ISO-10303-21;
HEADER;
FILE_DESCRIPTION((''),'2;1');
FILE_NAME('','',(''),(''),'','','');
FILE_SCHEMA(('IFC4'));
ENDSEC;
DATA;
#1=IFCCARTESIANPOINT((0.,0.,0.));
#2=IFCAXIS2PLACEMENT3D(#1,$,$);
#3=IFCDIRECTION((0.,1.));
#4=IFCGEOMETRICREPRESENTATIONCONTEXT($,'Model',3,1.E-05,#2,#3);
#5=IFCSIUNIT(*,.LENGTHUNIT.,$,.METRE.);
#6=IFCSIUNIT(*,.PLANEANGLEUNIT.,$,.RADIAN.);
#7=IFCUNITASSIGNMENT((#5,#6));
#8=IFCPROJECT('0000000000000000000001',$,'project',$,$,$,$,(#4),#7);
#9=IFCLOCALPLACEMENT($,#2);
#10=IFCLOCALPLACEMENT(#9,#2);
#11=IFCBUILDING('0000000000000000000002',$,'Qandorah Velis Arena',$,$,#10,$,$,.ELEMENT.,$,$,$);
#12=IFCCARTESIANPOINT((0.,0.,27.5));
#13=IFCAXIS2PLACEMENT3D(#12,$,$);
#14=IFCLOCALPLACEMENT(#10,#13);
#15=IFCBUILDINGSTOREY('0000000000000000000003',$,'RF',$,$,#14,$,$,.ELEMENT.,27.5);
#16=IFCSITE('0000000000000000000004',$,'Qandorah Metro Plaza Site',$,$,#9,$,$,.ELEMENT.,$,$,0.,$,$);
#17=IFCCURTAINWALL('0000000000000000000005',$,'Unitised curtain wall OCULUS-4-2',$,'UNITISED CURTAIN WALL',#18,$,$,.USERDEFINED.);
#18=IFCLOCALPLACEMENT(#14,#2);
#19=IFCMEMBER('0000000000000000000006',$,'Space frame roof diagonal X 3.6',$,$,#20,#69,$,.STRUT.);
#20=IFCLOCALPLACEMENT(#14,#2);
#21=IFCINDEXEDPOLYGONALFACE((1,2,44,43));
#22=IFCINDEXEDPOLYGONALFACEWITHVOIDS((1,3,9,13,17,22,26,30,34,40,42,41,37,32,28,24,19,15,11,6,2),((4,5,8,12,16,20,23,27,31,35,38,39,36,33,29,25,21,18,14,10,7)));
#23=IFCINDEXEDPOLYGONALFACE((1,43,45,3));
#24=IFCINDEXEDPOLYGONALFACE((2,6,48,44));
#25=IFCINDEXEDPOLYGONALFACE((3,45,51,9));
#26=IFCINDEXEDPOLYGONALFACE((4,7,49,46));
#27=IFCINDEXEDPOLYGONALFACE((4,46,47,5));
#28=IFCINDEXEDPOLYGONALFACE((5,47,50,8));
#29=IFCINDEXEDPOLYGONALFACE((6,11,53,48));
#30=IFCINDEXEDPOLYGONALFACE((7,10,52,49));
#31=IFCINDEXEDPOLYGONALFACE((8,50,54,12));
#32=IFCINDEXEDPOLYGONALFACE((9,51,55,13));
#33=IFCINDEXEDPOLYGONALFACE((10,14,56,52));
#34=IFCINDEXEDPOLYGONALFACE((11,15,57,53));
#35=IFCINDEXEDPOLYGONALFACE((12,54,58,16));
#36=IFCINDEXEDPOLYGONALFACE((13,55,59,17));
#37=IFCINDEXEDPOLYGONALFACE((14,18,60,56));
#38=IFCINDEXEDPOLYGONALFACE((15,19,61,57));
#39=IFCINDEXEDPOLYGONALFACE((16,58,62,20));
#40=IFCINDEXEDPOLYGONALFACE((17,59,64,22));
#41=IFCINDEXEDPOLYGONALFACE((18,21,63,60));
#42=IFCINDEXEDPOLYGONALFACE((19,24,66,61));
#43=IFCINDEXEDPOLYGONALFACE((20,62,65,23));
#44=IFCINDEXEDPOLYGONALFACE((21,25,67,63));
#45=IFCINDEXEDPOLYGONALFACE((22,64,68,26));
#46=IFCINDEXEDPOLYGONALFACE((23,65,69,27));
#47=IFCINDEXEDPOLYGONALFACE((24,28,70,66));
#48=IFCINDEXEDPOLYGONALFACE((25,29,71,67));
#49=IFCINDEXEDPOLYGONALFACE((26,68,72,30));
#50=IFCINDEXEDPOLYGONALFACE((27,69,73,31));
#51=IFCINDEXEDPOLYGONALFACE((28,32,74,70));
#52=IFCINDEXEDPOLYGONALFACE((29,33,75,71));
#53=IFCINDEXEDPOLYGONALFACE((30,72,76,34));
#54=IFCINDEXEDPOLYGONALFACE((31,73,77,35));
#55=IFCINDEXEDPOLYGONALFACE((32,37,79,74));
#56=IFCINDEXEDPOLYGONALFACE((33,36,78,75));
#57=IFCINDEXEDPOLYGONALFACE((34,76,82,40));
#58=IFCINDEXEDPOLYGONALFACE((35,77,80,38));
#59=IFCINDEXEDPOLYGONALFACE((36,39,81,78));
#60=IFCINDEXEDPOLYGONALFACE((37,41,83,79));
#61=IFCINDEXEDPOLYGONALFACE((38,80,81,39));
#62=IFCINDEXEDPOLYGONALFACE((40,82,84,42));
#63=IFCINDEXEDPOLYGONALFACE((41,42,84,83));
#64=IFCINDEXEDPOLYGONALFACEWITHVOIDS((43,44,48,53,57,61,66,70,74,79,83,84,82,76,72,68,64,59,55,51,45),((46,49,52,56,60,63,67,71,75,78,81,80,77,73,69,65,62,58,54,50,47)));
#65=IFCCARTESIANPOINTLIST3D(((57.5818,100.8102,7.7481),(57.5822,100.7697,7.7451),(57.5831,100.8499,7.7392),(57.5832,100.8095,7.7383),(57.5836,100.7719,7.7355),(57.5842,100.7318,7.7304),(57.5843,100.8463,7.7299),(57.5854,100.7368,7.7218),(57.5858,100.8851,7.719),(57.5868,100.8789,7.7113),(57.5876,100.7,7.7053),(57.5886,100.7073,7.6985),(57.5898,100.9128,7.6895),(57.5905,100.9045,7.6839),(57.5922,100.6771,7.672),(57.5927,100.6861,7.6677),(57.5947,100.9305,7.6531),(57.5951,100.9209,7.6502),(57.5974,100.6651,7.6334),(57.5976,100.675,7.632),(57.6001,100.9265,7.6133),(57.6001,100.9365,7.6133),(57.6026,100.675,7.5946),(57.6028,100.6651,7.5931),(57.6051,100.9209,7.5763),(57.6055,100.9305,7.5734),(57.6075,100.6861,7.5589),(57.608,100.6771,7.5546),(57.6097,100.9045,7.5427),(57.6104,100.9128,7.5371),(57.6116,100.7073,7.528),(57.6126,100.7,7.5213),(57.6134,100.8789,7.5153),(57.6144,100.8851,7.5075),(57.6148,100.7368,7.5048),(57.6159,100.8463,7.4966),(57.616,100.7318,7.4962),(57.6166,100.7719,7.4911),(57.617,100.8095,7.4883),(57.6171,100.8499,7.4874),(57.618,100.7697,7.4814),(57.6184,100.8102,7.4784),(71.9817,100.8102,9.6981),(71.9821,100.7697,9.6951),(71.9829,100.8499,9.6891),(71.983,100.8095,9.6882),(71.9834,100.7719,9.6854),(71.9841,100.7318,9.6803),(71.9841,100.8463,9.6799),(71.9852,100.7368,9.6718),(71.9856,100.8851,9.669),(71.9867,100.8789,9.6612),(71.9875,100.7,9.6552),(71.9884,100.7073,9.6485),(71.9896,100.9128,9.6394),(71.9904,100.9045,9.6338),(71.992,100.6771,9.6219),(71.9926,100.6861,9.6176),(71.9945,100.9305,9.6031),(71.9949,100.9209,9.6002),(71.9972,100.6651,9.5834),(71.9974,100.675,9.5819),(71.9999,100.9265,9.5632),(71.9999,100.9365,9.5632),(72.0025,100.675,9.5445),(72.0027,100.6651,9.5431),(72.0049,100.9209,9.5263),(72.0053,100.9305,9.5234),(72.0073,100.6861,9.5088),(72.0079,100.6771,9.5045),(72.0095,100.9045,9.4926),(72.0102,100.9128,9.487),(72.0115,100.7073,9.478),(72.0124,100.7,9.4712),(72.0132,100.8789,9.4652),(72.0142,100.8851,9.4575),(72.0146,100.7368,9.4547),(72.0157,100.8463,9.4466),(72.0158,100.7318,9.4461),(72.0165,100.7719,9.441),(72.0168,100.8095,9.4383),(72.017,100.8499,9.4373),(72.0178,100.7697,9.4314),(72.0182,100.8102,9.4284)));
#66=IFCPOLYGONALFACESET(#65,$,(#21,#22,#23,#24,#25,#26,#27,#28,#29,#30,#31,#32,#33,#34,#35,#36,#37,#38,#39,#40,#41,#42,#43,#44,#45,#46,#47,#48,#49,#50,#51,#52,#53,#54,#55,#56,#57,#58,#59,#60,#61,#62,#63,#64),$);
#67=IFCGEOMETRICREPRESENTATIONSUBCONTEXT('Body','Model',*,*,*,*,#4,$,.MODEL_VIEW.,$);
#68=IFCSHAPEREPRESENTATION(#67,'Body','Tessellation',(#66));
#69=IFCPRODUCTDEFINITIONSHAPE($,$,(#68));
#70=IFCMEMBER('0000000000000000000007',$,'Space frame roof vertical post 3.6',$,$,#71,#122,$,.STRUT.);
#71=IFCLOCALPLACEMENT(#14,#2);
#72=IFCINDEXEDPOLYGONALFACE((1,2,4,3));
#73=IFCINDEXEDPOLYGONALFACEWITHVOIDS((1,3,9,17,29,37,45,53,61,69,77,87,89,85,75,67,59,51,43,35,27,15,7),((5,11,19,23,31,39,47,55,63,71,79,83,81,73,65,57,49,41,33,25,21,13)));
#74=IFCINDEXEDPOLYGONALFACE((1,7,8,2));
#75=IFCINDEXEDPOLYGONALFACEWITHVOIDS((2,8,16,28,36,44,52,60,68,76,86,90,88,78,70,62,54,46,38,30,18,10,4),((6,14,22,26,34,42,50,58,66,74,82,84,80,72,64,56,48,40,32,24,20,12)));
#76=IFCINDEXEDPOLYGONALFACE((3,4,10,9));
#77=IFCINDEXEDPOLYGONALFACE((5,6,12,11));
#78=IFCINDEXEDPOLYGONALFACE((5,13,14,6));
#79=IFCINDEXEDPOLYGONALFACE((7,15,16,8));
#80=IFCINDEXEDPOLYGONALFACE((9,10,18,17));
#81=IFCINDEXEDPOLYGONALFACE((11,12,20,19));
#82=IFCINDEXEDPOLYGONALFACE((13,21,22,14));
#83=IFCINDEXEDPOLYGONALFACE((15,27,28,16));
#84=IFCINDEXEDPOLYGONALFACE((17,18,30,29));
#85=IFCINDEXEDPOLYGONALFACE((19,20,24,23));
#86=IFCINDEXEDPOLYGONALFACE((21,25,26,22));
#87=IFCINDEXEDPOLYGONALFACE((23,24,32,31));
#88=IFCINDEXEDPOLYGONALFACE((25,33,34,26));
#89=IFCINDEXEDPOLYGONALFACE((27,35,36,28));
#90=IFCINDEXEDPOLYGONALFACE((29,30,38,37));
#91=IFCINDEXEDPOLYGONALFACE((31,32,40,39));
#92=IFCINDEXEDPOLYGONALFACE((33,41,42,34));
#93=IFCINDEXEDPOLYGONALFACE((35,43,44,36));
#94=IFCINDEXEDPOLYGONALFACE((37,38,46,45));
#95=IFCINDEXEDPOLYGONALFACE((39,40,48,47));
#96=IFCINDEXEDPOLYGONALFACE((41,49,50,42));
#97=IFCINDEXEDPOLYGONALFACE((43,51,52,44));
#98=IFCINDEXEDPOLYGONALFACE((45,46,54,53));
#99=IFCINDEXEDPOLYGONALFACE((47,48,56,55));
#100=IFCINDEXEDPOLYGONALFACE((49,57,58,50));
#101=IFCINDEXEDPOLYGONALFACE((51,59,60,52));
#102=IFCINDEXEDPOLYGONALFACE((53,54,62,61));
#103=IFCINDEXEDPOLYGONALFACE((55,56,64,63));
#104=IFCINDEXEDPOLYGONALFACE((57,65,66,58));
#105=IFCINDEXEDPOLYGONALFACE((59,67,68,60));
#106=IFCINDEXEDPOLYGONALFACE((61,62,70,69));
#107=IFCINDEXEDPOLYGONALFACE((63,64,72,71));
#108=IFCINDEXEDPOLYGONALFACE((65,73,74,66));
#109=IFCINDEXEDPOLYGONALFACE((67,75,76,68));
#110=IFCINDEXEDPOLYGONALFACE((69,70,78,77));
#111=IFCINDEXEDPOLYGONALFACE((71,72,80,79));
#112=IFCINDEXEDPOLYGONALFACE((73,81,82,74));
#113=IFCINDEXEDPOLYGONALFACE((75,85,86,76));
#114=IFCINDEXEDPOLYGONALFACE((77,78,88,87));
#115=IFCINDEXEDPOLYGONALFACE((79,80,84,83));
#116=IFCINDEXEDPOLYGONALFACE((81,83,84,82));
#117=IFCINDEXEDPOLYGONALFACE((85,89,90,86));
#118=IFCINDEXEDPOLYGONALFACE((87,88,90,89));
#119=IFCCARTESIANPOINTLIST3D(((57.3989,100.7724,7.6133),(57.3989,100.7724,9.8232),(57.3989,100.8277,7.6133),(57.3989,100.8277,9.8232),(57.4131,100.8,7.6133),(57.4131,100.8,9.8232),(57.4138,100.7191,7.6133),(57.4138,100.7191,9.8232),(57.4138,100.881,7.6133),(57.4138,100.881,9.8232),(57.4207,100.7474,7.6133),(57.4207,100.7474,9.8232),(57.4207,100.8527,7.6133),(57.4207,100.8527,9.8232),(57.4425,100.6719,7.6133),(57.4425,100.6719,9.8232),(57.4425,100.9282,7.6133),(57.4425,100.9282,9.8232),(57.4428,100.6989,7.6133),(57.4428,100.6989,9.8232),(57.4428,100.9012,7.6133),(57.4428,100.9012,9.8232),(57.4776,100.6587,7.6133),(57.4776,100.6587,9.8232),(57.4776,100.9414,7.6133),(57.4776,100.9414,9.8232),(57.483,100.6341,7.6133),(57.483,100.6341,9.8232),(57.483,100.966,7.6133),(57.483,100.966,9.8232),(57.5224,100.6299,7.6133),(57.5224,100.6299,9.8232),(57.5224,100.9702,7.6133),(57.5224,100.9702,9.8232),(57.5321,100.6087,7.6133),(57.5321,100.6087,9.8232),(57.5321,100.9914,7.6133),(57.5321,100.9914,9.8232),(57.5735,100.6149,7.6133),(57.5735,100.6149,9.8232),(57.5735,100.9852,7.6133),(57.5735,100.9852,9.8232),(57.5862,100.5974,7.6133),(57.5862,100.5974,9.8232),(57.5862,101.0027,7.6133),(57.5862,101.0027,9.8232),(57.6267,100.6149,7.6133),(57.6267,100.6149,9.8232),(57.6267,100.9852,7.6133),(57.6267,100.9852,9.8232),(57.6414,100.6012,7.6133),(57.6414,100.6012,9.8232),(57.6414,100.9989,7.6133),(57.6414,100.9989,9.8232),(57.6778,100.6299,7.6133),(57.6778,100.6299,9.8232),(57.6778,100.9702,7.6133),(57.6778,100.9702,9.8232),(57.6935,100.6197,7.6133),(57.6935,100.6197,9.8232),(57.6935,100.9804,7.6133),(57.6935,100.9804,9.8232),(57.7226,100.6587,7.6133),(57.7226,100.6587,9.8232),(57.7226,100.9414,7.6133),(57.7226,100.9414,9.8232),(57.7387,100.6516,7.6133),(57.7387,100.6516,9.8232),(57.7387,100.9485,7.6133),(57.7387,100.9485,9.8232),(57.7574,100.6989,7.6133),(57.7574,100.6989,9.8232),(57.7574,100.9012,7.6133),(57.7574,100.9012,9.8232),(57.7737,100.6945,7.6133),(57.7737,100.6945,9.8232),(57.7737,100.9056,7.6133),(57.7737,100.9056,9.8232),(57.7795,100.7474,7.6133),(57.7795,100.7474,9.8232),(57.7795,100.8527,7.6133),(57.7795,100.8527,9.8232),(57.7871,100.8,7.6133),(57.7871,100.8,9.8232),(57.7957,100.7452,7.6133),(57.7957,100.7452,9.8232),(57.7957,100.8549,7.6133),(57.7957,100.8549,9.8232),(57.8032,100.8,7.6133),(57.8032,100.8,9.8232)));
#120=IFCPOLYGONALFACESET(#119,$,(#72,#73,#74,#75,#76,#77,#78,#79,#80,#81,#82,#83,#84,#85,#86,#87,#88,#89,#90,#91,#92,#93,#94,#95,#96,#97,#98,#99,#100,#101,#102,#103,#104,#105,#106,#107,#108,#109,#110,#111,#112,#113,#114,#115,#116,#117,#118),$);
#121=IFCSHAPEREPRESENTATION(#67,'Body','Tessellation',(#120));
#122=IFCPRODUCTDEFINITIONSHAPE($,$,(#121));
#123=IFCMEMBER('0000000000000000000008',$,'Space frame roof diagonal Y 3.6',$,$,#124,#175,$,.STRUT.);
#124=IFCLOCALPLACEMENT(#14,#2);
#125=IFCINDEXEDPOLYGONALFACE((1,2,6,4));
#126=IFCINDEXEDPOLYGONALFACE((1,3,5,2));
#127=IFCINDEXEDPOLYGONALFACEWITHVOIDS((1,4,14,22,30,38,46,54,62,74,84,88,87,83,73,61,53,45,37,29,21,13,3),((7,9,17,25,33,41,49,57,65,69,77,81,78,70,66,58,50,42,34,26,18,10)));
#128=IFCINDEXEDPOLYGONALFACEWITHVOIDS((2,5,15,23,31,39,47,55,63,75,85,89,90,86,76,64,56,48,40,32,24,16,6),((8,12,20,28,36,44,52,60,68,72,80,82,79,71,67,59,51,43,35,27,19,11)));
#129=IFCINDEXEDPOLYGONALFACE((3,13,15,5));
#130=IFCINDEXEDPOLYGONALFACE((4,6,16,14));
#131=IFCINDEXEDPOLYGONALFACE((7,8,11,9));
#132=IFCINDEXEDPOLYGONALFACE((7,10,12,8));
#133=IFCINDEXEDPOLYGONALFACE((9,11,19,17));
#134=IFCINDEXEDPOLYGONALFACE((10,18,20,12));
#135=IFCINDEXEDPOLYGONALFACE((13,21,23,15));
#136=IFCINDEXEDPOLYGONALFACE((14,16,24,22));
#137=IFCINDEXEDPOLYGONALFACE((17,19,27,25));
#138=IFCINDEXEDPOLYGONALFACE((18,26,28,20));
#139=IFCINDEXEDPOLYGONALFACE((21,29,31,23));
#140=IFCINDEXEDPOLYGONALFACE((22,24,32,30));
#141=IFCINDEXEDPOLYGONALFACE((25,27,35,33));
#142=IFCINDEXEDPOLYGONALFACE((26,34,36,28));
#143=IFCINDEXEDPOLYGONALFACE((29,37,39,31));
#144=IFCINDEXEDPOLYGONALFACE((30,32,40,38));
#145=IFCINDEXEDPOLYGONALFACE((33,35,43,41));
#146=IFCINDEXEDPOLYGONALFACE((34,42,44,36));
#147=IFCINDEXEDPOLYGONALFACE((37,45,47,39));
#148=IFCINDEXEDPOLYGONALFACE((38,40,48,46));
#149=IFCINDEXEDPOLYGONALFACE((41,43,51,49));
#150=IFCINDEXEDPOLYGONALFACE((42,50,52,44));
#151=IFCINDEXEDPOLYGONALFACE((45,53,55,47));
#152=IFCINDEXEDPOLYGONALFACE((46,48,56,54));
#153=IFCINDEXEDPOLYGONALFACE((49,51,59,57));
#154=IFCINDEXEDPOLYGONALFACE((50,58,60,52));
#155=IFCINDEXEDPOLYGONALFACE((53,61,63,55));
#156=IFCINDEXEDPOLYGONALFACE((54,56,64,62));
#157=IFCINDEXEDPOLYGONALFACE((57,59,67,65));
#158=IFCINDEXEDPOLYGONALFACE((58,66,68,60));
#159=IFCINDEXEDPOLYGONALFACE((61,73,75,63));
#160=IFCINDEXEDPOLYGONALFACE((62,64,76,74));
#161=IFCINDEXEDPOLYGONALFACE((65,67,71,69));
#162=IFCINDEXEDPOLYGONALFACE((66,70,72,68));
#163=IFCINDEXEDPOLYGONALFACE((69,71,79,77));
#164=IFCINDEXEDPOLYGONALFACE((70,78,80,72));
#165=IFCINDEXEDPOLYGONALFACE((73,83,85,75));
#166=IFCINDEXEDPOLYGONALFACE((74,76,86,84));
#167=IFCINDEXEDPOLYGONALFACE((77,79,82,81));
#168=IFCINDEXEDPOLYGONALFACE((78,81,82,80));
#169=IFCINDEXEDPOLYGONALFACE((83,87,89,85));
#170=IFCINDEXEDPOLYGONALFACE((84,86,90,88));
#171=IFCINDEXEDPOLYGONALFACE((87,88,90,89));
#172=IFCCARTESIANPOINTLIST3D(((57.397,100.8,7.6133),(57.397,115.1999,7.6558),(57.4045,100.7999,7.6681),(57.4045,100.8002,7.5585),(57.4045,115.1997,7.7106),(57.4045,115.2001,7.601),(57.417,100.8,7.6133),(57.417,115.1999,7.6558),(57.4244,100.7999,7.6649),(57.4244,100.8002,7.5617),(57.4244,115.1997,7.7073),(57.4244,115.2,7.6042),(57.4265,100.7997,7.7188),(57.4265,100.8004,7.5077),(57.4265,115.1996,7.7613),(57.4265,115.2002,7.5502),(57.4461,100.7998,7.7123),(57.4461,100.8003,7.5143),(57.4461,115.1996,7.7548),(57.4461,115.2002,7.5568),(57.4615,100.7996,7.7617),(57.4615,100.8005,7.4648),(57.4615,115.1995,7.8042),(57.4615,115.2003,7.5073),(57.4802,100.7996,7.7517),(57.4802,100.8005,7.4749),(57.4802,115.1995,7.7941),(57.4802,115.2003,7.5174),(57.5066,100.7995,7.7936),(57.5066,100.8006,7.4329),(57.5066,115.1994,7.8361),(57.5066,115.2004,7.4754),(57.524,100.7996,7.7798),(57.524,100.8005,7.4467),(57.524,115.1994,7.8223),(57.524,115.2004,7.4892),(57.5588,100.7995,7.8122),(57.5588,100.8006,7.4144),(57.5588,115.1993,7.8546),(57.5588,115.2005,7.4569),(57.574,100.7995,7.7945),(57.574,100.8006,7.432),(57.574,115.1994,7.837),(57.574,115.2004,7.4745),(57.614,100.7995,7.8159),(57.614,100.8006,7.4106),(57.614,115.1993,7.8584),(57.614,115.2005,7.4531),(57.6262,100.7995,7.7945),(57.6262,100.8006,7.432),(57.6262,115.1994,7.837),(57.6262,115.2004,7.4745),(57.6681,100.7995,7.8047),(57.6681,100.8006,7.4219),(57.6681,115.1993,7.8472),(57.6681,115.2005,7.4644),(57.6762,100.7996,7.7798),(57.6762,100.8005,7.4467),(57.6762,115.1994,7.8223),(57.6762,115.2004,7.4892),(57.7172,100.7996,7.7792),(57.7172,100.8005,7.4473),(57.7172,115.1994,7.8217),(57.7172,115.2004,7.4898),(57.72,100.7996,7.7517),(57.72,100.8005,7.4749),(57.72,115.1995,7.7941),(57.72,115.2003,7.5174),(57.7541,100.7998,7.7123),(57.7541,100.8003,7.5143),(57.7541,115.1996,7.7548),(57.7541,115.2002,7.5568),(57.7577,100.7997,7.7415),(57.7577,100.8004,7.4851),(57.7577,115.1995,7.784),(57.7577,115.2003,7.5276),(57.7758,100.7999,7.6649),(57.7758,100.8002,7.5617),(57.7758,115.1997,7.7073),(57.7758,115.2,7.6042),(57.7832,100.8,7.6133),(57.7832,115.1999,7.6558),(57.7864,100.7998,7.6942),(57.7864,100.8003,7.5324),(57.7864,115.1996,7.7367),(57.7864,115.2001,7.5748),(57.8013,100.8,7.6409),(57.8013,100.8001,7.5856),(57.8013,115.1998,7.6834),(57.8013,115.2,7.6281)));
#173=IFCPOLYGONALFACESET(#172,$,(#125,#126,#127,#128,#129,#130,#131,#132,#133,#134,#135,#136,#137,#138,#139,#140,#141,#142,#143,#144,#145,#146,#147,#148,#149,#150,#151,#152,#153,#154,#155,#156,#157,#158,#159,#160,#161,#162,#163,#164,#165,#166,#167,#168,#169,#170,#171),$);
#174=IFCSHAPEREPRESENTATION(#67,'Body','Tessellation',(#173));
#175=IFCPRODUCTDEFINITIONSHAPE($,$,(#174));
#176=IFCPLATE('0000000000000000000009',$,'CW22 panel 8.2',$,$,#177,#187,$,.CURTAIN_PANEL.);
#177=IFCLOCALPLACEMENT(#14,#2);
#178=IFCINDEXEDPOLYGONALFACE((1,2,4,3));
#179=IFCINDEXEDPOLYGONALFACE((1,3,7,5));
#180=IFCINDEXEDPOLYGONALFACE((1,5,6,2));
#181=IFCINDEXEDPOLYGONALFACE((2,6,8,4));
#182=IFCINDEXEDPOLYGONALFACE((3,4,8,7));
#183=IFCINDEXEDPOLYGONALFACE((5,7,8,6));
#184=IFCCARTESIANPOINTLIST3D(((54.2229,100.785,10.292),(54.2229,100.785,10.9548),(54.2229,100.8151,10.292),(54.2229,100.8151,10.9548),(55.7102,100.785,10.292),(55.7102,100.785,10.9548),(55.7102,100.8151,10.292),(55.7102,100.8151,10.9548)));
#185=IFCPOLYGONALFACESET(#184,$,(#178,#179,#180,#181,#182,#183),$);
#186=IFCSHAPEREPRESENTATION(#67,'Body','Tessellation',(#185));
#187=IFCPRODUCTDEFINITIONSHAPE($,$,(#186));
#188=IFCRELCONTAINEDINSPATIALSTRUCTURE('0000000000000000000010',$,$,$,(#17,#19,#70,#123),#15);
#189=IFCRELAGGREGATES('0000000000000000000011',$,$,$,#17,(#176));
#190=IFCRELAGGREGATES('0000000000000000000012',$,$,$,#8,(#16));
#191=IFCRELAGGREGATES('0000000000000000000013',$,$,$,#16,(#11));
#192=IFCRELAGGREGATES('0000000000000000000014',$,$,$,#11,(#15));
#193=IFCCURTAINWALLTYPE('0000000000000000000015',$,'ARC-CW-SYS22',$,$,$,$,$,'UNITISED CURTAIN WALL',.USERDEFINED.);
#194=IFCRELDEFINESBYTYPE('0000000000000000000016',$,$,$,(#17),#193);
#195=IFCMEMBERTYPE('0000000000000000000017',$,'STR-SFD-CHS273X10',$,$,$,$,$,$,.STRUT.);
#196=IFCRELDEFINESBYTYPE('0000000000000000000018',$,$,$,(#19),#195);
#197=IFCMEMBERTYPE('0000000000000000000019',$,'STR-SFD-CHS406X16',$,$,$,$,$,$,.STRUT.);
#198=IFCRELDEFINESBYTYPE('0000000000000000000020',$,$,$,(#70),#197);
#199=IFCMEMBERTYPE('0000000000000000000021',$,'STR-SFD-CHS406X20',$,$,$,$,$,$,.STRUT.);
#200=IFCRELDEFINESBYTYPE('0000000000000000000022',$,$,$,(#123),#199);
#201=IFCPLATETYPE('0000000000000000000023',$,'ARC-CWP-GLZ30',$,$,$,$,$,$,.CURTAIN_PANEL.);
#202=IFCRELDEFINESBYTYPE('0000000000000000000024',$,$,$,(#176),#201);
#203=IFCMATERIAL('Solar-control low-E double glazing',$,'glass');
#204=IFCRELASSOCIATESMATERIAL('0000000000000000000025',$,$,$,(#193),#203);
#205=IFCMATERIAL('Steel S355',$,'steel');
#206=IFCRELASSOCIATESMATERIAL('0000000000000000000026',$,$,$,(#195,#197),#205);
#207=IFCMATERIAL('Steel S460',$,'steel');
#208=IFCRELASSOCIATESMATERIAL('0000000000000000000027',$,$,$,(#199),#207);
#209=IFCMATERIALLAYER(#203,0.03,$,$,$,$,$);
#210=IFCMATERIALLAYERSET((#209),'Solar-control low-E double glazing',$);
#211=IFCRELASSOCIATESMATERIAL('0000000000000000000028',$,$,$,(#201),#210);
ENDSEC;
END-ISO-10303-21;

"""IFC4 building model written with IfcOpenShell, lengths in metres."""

from ifc_helpers import new_model, si_unit, direction, frame, origin, origin_2d, place, context, subcontext, project, spatial, rectangle, hollow_circle, extrude, material, layer, layer_set, material_profile, profile_set, type_object, element, aggregate, save


model = new_model("IFC4")

# Units and contexts
model_context = context("Model", 3, precision=1e-05, world=origin(), true_north=direction((0.0, 1.0)))
body_context = subcontext(model_context, "Body", "Model", "MODEL_VIEW")
ifc_project = project(units=[si_unit("LENGTHUNIT", "METRE"), si_unit("PLANEANGLEUNIT", "RADIAN")], contexts=[model_context])

# Site, building, storey
site_placement = place(None, origin())
site = spatial("IfcSite", under=ifc_project, at=site_placement, Name="Qandorah Metro Plaza Site", CompositionType="ELEMENT", RefElevation=0.0)
building_placement = place(site_placement, origin())
building = spatial("IfcBuilding", under=site, at=building_placement, Name="Qandorah Velis Arena", CompositionType="ELEMENT")
storey_placement = place(building_placement, frame((0.0, 0.0, 27.5)))
storey = spatial("IfcBuildingStorey", under=building, at=storey_placement, Name="RF", CompositionType="ELEMENT", Elevation=27.5)

# Shared definitions
ifc_material_1 = material(Name="Solar-control low-E double glazing", Category="glass")

# Curtain wall
curtain_wall_type_1 = type_object("IfcCurtainWallType", Name="ARC-CW-SYS22", ElementType="UNITISED CURTAIN WALL", PredefinedType="USERDEFINED", material=ifc_material_1)
curtain_wall_1_placement = place(storey_placement, origin())
curtain_wall_1 = element("IfcCurtainWall", 1, at=curtain_wall_1_placement, inside=storey, type_object=curtain_wall_type_1, Name="Unitised curtain wall OCULUS-4-2", ObjectType="UNITISED CURTAIN WALL", PredefinedType="USERDEFINED")

# Shared definitions
ifc_material_2 = material(Name="Steel S355", Category="steel")

# Members
ifc_material_profile_1 = material_profile(ifc_material_2, hollow_circle(Radius=0.1365, WallThickness=0.01, at=origin_2d()), Name="CHS 273x10")
ifc_profile_set_1 = profile_set([ifc_material_profile_1], Name="Steel S355")
member_type_1 = type_object("IfcMemberType", Name="STR-SFD-CHS273X10", PredefinedType="STRUT", material=ifc_profile_set_1)
member_1_placement = place(storey_placement, frame((57.6001, 100.8, 7.6133), z_axis=(0.990956, 0.0, 0.134189), x_axis=(0.0, 1.0, 0.0)))
element("IfcMember", 2, at=member_1_placement, inside=storey, type_object=member_type_1, Name="Space frame roof diagonal X 3.6", PredefinedType="STRUT", context=body_context, shape_type="SweptSolid", body=[
    extrude(hollow_circle(Radius=0.1365, WallThickness=0.01, at=origin_2d()), origin(), (0.0, 0.0, 1.0), 14.5312),
])
ifc_material_profile_2 = material_profile(ifc_material_2, hollow_circle(Radius=0.2031, WallThickness=0.0161, at=origin_2d()), Name="CHS 406.4x16")
ifc_profile_set_2 = profile_set([ifc_material_profile_2], Name="Steel S355")
member_type_2 = type_object("IfcMemberType", Name="STR-SFD-CHS406X16", PredefinedType="STRUT", material=ifc_profile_set_2)
member_2_placement = place(storey_placement, frame((57.6001, 100.8, 7.6133), z_axis=(0.0, 0.0, 1.0), x_axis=(1.0, 0.0, 0.0)))
element("IfcMember", 3, at=member_2_placement, inside=storey, type_object=member_type_2, Name="Space frame roof vertical post 3.6", PredefinedType="STRUT", context=body_context, shape_type="SweptSolid", body=[
    extrude(hollow_circle(Radius=0.2031, WallThickness=0.0161, at=origin_2d()), origin(), (0.0, 0.0, 1.0), 2.21),
])
ifc_material_3 = material(Name="Steel S460", Category="steel")
ifc_material_profile_3 = material_profile(ifc_material_3, hollow_circle(Radius=0.2031, WallThickness=0.02, at=origin_2d()), Name="CHS 406.4x20")
ifc_profile_set_3 = profile_set([ifc_material_profile_3], Name="Steel S460")
member_type_3 = type_object("IfcMemberType", Name="STR-SFD-CHS406X20", PredefinedType="STRUT", material=ifc_profile_set_3)
member_3_placement = place(storey_placement, frame((57.6001, 100.8, 7.6133), z_axis=(0.0, 0.999996, 0.00295), x_axis=(-1.0, 0.0, 0.0)))
element("IfcMember", 4, at=member_3_placement, inside=storey, type_object=member_type_3, Name="Space frame roof diagonal Y 3.6", PredefinedType="STRUT", context=body_context, shape_type="SweptSolid", body=[
    extrude(hollow_circle(Radius=0.2031, WallThickness=0.02, at=origin_2d()), origin(), (0.0, 0.0, 1.0), 14.3999),
])

# Plate
ifc_layer = layer(ifc_material_1, 0.03)
ifc_layer_set = layer_set([ifc_layer], Name="Solar-control low-E double glazing")
plate_type = type_object("IfcPlateType", Name="ARC-CWP-GLZ30", PredefinedType="CURTAIN_PANEL", material=ifc_layer_set)
plate_1_placement = place(storey_placement, frame((54.9666, 100.8, 10.292), z_axis=(0.0, 0.0, 1.0), x_axis=(1.0, 0.0, 0.0)))
plate_1 = element("IfcPlate", 5, at=plate_1_placement, type_object=plate_type, Name="CW22 panel 8.2", PredefinedType="CURTAIN_PANEL", context=body_context, shape_type="SweptSolid", body=[
    extrude(rectangle(XDim=1.4873, YDim=0.03, at=origin_2d()), origin(), (0.0, 0.0, 1.0), 0.6628),
])
aggregate(curtain_wall_1, [plate_1])

save(model, "model.ifc")
